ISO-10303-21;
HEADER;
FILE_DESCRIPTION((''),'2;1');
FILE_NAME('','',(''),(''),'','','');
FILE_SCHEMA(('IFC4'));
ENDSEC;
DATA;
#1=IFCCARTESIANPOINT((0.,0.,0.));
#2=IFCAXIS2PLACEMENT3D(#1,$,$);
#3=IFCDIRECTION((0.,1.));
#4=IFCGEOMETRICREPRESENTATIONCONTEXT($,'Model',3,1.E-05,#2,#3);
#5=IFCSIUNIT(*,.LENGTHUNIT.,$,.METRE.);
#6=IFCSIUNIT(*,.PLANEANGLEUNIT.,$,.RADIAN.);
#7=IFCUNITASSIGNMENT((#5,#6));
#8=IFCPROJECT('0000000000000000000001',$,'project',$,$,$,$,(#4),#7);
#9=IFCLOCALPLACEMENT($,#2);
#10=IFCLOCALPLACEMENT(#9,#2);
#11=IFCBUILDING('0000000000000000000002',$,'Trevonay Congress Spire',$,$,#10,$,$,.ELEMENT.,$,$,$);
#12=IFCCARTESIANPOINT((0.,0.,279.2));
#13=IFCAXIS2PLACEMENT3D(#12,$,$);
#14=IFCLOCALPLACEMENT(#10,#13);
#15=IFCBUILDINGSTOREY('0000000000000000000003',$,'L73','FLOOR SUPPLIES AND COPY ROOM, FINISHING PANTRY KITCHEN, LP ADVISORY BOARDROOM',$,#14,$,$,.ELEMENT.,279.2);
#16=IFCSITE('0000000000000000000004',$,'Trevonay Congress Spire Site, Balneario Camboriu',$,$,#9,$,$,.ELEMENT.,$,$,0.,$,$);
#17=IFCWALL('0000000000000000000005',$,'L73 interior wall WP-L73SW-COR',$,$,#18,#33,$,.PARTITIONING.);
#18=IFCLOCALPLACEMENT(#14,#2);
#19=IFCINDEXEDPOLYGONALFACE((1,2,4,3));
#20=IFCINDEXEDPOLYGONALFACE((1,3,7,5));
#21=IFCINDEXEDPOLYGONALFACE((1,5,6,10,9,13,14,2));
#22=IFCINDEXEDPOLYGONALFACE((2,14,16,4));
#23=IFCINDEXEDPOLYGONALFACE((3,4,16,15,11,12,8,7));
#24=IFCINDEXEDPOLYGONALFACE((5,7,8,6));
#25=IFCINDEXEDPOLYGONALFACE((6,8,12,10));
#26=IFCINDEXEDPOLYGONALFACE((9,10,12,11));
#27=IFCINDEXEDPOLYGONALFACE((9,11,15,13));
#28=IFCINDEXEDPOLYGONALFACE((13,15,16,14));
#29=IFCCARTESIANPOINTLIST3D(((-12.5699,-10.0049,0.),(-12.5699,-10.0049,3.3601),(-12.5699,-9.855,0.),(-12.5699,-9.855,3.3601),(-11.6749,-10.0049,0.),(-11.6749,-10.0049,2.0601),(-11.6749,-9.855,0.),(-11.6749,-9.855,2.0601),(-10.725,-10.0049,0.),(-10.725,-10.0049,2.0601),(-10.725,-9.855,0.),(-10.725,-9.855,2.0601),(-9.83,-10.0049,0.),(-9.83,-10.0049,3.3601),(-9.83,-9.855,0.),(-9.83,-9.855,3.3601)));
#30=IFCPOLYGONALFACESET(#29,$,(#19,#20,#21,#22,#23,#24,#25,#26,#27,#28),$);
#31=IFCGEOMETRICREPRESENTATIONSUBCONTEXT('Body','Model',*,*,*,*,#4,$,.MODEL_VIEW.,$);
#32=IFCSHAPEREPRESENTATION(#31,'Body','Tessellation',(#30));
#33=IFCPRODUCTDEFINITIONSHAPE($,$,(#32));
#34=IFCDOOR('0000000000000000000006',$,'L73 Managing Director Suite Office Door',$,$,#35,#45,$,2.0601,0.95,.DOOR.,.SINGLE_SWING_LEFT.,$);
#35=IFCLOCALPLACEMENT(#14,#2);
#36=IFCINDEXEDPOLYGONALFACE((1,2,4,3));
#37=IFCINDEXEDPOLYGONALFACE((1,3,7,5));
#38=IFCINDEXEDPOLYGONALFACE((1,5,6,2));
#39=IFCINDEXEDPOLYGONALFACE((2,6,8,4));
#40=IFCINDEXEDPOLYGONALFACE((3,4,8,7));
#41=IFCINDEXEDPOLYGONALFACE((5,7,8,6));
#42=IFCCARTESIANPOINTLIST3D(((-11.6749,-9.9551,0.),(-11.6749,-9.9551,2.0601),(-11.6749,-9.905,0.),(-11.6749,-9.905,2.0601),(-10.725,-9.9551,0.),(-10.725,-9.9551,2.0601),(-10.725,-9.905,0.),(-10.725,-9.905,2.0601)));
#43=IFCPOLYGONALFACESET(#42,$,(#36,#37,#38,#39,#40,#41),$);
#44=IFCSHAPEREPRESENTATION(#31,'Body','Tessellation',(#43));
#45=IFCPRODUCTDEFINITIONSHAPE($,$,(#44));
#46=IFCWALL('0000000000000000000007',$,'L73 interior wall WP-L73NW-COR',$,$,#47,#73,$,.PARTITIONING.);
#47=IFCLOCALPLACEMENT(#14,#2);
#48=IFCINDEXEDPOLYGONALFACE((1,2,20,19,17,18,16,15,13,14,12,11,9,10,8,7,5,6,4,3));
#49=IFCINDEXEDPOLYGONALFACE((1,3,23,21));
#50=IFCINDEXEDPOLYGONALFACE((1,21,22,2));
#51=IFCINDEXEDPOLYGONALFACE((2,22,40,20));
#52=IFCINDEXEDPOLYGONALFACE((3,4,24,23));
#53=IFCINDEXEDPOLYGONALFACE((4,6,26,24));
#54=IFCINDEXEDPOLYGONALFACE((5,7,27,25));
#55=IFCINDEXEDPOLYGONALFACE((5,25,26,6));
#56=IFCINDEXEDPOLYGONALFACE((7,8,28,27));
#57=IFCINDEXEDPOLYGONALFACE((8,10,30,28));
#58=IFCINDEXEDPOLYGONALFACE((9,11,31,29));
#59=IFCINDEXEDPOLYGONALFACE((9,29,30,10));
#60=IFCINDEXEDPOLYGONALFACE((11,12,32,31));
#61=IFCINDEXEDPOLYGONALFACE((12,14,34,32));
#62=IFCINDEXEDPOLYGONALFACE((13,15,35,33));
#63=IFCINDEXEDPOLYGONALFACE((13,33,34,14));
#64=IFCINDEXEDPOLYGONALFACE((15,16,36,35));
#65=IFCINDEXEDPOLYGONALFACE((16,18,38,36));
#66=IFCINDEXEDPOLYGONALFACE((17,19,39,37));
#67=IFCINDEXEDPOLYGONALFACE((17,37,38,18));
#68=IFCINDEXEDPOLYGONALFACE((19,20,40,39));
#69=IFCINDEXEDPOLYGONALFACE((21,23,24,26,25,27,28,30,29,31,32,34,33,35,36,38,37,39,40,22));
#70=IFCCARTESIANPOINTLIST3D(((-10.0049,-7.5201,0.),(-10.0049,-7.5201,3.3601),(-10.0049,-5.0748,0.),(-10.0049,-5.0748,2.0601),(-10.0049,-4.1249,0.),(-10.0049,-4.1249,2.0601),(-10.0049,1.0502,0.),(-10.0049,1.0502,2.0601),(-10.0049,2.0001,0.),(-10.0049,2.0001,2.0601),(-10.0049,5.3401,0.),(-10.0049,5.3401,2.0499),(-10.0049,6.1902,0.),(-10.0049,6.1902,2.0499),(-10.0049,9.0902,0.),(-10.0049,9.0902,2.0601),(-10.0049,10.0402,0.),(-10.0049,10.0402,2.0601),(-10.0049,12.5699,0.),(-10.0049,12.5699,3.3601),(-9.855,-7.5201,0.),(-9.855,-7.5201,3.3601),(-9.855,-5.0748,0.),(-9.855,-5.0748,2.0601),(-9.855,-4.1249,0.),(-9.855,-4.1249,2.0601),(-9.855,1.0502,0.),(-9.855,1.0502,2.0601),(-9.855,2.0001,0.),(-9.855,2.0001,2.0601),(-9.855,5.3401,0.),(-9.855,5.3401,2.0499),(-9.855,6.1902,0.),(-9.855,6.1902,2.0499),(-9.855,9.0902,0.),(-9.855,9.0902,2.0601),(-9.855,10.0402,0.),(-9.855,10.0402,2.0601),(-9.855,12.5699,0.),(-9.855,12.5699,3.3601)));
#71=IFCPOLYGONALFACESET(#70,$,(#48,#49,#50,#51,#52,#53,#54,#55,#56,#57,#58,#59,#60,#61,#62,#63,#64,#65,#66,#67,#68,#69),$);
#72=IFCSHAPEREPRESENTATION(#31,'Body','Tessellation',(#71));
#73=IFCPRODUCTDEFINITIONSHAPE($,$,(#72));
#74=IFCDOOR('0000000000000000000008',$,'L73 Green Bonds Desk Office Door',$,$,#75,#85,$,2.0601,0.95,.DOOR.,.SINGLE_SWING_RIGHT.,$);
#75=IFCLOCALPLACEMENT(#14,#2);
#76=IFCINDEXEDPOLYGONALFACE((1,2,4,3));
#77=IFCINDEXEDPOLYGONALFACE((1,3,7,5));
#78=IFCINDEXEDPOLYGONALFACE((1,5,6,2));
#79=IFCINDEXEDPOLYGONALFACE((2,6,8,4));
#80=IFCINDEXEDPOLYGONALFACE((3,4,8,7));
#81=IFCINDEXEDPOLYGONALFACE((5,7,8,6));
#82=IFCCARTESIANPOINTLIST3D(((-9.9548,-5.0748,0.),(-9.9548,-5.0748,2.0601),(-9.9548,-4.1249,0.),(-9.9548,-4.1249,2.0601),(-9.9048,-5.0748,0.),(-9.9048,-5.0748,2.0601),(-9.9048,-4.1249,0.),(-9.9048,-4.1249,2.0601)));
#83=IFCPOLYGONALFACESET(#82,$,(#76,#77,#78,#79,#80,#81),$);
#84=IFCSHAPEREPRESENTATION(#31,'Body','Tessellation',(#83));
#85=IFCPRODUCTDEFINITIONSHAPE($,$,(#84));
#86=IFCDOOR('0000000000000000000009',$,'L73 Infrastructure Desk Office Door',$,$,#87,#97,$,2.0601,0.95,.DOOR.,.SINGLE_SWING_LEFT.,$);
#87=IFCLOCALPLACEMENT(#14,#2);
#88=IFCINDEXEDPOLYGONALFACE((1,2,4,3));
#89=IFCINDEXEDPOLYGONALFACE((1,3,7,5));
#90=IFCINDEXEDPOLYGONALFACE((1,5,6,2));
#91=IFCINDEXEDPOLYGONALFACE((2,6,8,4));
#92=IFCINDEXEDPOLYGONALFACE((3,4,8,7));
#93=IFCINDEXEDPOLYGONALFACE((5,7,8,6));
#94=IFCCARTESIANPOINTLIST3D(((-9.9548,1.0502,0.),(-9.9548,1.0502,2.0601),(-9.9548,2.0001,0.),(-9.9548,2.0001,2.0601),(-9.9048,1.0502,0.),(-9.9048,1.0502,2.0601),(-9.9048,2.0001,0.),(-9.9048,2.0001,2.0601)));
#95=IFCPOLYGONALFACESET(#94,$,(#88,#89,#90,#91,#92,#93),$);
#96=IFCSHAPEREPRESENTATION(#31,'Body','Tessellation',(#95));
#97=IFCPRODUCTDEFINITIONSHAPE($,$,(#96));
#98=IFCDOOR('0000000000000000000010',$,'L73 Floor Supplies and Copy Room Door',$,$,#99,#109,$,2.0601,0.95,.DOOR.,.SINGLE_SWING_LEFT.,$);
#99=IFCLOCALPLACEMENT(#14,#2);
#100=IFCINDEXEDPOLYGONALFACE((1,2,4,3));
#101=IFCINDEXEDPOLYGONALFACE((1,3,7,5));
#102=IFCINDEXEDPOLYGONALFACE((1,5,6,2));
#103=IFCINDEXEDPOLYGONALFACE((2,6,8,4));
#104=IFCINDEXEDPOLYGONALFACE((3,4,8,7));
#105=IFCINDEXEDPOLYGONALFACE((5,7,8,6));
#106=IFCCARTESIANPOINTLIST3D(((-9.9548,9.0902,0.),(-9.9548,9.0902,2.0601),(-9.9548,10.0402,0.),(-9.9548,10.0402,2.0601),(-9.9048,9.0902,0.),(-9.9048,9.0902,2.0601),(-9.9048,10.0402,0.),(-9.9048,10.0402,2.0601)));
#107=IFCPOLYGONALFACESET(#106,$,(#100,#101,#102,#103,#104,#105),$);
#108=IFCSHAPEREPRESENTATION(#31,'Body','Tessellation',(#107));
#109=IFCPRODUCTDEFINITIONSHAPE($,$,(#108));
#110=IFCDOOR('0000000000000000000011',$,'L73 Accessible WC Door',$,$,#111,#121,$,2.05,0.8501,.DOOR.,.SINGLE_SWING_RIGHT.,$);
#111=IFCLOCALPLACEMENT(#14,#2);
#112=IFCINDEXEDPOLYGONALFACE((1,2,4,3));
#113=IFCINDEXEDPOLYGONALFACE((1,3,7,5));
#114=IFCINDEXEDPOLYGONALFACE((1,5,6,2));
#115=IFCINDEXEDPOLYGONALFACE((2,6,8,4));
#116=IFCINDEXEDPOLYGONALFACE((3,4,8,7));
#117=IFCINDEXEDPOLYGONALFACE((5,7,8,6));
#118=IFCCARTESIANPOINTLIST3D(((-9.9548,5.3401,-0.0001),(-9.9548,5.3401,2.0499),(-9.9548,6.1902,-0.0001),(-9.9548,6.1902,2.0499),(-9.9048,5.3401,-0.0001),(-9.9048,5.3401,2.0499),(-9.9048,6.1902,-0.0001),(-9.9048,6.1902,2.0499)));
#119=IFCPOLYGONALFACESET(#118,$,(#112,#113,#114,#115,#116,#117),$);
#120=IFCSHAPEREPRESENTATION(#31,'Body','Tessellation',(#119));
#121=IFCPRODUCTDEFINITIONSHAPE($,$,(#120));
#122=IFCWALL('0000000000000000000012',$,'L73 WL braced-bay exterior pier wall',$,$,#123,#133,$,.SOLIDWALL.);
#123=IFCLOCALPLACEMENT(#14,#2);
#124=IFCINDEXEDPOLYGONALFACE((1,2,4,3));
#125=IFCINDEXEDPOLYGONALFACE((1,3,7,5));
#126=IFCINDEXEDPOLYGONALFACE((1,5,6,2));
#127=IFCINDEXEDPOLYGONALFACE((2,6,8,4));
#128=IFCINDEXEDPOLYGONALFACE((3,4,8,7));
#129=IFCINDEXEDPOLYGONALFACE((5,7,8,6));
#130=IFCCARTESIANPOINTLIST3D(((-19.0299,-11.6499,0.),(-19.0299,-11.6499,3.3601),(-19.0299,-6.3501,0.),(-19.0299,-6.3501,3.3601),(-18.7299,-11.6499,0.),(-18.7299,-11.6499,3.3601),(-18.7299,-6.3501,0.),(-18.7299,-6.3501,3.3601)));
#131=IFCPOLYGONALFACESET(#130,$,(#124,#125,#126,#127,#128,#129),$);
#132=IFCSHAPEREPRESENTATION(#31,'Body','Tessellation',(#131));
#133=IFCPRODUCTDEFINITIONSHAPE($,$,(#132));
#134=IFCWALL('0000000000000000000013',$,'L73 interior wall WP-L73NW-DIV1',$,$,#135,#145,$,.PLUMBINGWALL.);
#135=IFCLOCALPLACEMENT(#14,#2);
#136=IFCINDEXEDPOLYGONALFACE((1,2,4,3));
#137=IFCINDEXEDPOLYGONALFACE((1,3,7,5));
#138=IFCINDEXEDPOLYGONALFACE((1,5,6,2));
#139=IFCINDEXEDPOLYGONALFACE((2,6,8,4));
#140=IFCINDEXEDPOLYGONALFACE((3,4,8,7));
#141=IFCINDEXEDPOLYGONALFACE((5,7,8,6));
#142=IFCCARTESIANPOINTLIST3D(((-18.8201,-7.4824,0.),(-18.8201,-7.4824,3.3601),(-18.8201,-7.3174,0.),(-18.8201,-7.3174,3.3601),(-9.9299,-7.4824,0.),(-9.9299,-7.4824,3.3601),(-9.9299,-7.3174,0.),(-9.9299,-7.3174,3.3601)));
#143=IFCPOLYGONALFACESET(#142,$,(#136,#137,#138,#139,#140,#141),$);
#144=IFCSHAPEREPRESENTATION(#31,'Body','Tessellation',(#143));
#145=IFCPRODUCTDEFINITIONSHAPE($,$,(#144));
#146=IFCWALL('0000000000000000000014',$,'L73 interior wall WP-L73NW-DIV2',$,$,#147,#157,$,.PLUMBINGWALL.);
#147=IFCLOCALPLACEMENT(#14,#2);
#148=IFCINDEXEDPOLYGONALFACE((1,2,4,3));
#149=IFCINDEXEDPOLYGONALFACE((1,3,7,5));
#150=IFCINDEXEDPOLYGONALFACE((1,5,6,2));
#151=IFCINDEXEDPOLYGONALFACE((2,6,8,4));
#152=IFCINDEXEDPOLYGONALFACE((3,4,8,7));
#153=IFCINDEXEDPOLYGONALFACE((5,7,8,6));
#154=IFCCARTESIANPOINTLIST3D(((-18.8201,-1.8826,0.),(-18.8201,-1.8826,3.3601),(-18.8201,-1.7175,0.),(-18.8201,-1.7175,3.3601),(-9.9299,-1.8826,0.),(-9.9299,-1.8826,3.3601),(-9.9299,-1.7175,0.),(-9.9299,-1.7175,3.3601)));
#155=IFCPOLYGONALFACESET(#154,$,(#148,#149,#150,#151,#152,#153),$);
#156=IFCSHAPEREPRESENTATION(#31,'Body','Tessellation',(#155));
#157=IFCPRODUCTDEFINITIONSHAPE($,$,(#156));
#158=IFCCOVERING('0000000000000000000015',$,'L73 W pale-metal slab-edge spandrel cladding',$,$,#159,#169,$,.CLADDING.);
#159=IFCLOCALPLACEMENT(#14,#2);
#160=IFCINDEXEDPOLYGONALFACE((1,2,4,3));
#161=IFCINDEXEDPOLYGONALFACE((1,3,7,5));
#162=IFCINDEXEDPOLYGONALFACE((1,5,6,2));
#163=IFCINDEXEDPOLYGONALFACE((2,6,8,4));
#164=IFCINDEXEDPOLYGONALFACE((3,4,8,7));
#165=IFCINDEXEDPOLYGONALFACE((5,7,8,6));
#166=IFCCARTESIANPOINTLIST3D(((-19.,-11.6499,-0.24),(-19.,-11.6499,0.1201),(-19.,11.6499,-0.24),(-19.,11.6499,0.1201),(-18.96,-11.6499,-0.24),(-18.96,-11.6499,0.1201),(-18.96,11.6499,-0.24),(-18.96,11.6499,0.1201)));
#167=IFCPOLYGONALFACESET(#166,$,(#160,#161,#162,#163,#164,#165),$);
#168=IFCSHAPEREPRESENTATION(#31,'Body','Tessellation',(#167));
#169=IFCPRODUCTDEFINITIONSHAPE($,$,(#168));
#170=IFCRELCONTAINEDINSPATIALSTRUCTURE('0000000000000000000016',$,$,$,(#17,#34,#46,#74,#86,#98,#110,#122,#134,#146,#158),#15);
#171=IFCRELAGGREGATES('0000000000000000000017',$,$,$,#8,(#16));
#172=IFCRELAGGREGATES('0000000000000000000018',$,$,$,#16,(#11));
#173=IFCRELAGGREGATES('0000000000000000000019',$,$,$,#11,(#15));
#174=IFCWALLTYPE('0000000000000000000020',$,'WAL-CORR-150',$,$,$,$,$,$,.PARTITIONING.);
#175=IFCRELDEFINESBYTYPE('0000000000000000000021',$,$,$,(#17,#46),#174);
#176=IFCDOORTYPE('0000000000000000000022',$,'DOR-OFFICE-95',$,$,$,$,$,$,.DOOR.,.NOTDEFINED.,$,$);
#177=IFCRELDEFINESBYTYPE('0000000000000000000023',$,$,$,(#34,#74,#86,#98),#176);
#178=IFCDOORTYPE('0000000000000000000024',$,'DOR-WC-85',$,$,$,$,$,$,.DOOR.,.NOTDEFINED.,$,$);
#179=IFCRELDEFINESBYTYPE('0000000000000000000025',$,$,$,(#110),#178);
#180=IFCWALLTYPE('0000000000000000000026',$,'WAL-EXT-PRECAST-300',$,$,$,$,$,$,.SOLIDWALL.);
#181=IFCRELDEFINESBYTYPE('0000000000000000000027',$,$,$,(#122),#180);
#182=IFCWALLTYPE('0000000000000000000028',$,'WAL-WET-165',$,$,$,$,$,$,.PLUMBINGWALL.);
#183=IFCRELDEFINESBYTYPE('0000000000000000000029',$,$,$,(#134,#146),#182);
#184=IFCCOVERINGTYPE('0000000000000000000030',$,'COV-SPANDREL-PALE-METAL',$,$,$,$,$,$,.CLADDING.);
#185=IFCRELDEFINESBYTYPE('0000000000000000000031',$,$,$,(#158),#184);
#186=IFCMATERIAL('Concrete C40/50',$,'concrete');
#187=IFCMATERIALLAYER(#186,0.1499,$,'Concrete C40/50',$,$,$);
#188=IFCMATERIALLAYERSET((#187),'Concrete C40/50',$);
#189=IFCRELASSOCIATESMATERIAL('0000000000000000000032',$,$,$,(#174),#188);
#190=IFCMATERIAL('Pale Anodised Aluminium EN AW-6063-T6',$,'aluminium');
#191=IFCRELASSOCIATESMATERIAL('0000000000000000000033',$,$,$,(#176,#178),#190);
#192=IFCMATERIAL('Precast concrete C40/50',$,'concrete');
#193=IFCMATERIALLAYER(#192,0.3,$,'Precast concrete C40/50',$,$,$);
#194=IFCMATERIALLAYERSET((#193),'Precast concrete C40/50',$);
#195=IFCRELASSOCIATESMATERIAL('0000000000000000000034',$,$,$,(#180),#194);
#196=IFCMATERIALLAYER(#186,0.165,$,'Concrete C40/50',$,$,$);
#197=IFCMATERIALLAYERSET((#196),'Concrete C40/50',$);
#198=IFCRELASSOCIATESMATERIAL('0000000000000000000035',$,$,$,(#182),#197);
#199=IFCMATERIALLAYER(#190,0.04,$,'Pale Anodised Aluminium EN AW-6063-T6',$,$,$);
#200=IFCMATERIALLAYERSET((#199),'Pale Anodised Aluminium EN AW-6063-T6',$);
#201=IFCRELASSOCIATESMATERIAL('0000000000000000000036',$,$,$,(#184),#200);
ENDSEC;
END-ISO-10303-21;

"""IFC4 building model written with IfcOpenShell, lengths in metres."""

from ifc_helpers import new_model, si_unit, direction, frame, frame_2d, origin, place, context, subcontext, project, spatial, rectangle, extrude, material, layer, layer_set, type_object, element, fill, save


model = new_model("IFC4")

# Units and contexts
model_context = context("Model", 3, precision=1e-05, world=origin(), true_north=direction((0.0, 1.0)))
body_context = subcontext(model_context, "Body", "Model", "MODEL_VIEW")
ifc_project = project(units=[si_unit("LENGTHUNIT", "METRE"), si_unit("PLANEANGLEUNIT", "RADIAN")], contexts=[model_context])

# Site, building, storey
site_placement = place(None, origin())
site = spatial("IfcSite", under=ifc_project, at=site_placement, Name="Trevonay Congress Spire Site, Balneario Camboriu", CompositionType="ELEMENT", RefElevation=0.0)
building_placement = place(site_placement, origin())
building = spatial("IfcBuilding", under=site, at=building_placement, Name="Trevonay Congress Spire", CompositionType="ELEMENT")
storey_placement = place(building_placement, frame((0.0, 0.0, 279.2)))
storey = spatial("IfcBuildingStorey", under=building, at=storey_placement, Name="L73", Description="FLOOR SUPPLIES AND COPY ROOM, FINISHING PANTRY KITCHEN, LP ADVISORY BOARDROOM", CompositionType="ELEMENT", Elevation=279.2)

# Shared definitions
ifc_material_1 = material(Name="Pale Anodised Aluminium EN AW-6063-T6", Category="aluminium")

# Wall, opening, door
ifc_material_2 = material(Name="Concrete C40/50", Category="concrete")
ifc_layer_1 = layer(ifc_material_2, 0.1499, Name="Concrete C40/50")
ifc_layer_set_1 = layer_set([ifc_layer_1], Name="Concrete C40/50")
wall_type_1 = type_object("IfcWallType", Name="WAL-CORR-150", PredefinedType="PARTITIONING", material=ifc_layer_set_1)
wall_1_placement = place(storey_placement, frame((-12.5701, -9.9299, 0.0), z_axis=(0.0, 0.0, 1.0), x_axis=(1.0, 0.0, 0.0)))
wall_1 = element("IfcWall", 1, at=wall_1_placement, inside=storey, type_object=wall_type_1, Name="L73 interior wall WP-L73SW-COR", PredefinedType="PARTITIONING", context=body_context, shape_type="SweptSolid", body=[
    extrude(rectangle(XDim=2.74, YDim=0.1499, at=frame_2d((1.3701, 0.0))), origin(), (0.0, 0.0, 1.0), 3.3601),
])
opening_1_placement = place(wall_1_placement, frame((0.895, 0.0, 0.0)))
opening_1 = element("IfcOpeningElement", 2, at=opening_1_placement, cuts=wall_1, PredefinedType="OPENING", context=body_context, shape_type="SweptSolid", body=[
    extrude(rectangle(XDim=0.95, YDim=2.0601, at=frame_2d((0.4751, 1.03))), frame((0.0, 0.085, 0.0), z_axis=(0.0, -1.0, 0.0), x_axis=(1.0, 0.0, 0.0)), (0.0, 0.0, 1.0), 0.1699),
])
door_type_1 = type_object("IfcDoorType", Name="DOR-OFFICE-95", OperationType="NOTDEFINED", PredefinedType="DOOR", material=ifc_material_1)
door_1_placement = place(opening_1_placement, origin())
door_1 = element("IfcDoor", 3, at=door_1_placement, inside=storey, type_object=door_type_1, Name="L73 Managing Director Suite Office Door", OperationType="SINGLE_SWING_LEFT", OverallHeight=2.0601, OverallWidth=0.95, PredefinedType="DOOR", context=body_context, shape_type="SweptSolid", body=[
    extrude(rectangle(XDim=0.95, YDim=2.0601, at=frame_2d((0.4751, 1.03))), frame((0.0, 0.0249, 0.0), z_axis=(0.0, -1.0, 0.0), x_axis=(1.0, 0.0, 0.0)), (0.0, 0.0, 1.0), 0.05),
])
fill(opening_1, door_1)

# Wall, openings, doors
wall_2_placement = place(storey_placement, frame((-9.9299, -7.52, 0.0), z_axis=(0.0, 0.0, 1.0), x_axis=(0.0, 1.0, 0.0)))
wall_2 = element("IfcWall", 4, at=wall_2_placement, inside=storey, type_object=wall_type_1, Name="L73 interior wall WP-L73NW-COR", PredefinedType="PARTITIONING", context=body_context, shape_type="SweptSolid", body=[
    extrude(rectangle(XDim=20.0901, YDim=0.1499, at=frame_2d((10.0449, 0.0))), origin(), (0.0, 0.0, 1.0), 3.3601),
])
opening_2_placement = place(wall_2_placement, frame((2.4451, 0.0, 0.0)))
opening_2 = element("IfcOpeningElement", 5, at=opening_2_placement, cuts=wall_2, PredefinedType="OPENING", context=body_context, shape_type="SweptSolid", body=[
    extrude(rectangle(XDim=0.95, YDim=2.0601, at=frame_2d((0.4751, 1.03))), frame((0.0, 0.085, 0.0), z_axis=(0.0, -1.0, 0.0), x_axis=(1.0, 0.0, 0.0)), (0.0, 0.0, 1.0), 0.1699),
])
opening_3_placement = place(wall_2_placement, frame((8.5701, 0.0, 0.0)))
opening_3 = element("IfcOpeningElement", 6, at=opening_3_placement, cuts=wall_2, PredefinedType="OPENING", context=body_context, shape_type="SweptSolid", body=[
    extrude(rectangle(XDim=0.95, YDim=2.0601, at=frame_2d((0.4751, 1.03))), frame((0.0, 0.085, 0.0), z_axis=(0.0, -1.0, 0.0), x_axis=(1.0, 0.0, 0.0)), (0.0, 0.0, 1.0), 0.1699),
])
opening_4_placement = place(wall_2_placement, frame((12.8601, 0.0, 0.0)))
opening_4 = element("IfcOpeningElement", 7, at=opening_4_placement, cuts=wall_2, PredefinedType="OPENING", context=body_context, shape_type="SweptSolid", body=[
    extrude(rectangle(XDim=0.8501, YDim=2.05, at=frame_2d((0.425, 1.0249))), frame((0.0, 0.085, 0.0), z_axis=(0.0, -1.0, 0.0), x_axis=(1.0, 0.0, 0.0)), (0.0, 0.0, 1.0), 0.1699),
])
opening_5_placement = place(wall_2_placement, frame((16.6101, 0.0, 0.0)))
opening_5 = element("IfcOpeningElement", 8, at=opening_5_placement, cuts=wall_2, PredefinedType="OPENING", context=body_context, shape_type="SweptSolid", body=[
    extrude(rectangle(XDim=0.95, YDim=2.0601, at=frame_2d((0.4751, 1.03))), frame((0.0, 0.085, 0.0), z_axis=(0.0, -1.0, 0.0), x_axis=(1.0, 0.0, 0.0)), (0.0, 0.0, 1.0), 0.1699),
])
door_2_placement = place(opening_2_placement, origin())
door_2 = element("IfcDoor", 9, at=door_2_placement, inside=storey, type_object=door_type_1, Name="L73 Green Bonds Desk Office Door", OperationType="SINGLE_SWING_RIGHT", OverallHeight=2.0601, OverallWidth=0.95, PredefinedType="DOOR", context=body_context, shape_type="SweptSolid", body=[
    extrude(rectangle(XDim=0.95, YDim=2.0601, at=frame_2d((0.4751, 1.03))), frame((0.0, 0.0249, 0.0), z_axis=(0.0, -1.0, 0.0), x_axis=(1.0, 0.0, 0.0)), (0.0, 0.0, 1.0), 0.05),
])
fill(opening_2, door_2)
door_3_placement = place(opening_3_placement, origin())
door_3 = element("IfcDoor", 10, at=door_3_placement, inside=storey, type_object=door_type_1, Name="L73 Infrastructure Desk Office Door", OperationType="SINGLE_SWING_LEFT", OverallHeight=2.0601, OverallWidth=0.95, PredefinedType="DOOR", context=body_context, shape_type="SweptSolid", body=[
    extrude(rectangle(XDim=0.95, YDim=2.0601, at=frame_2d((0.4751, 1.03))), frame((0.0, 0.0249, 0.0), z_axis=(0.0, -1.0, 0.0), x_axis=(1.0, 0.0, 0.0)), (0.0, 0.0, 1.0), 0.05),
])
fill(opening_3, door_3)
door_4_placement = place(opening_5_placement, origin())
door_4 = element("IfcDoor", 11, at=door_4_placement, inside=storey, type_object=door_type_1, Name="L73 Floor Supplies and Copy Room Door", OperationType="SINGLE_SWING_LEFT", OverallHeight=2.0601, OverallWidth=0.95, PredefinedType="DOOR", context=body_context, shape_type="SweptSolid", body=[
    extrude(rectangle(XDim=0.95, YDim=2.0601, at=frame_2d((0.4751, 1.03))), frame((0.0, 0.0249, 0.0), z_axis=(0.0, -1.0, 0.0), x_axis=(1.0, 0.0, 0.0)), (0.0, 0.0, 1.0), 0.05),
])
fill(opening_5, door_4)
door_type_2 = type_object("IfcDoorType", Name="DOR-WC-85", OperationType="NOTDEFINED", PredefinedType="DOOR", material=ifc_material_1)
door_5_placement = place(opening_4_placement, origin())
door_5 = element("IfcDoor", 12, at=door_5_placement, inside=storey, type_object=door_type_2, Name="L73 Accessible WC Door", OperationType="SINGLE_SWING_RIGHT", OverallHeight=2.05, OverallWidth=0.8501, PredefinedType="DOOR", context=body_context, shape_type="SweptSolid", body=[
    extrude(rectangle(XDim=0.8501, YDim=2.05, at=frame_2d((0.425, 1.0249))), frame((0.0, 0.0249, 0.0), z_axis=(0.0, -1.0, 0.0), x_axis=(1.0, 0.0, 0.0)), (0.0, 0.0, 1.0), 0.05),
])
fill(opening_4, door_5)

# Walls
ifc_material_3 = material(Name="Precast concrete C40/50", Category="concrete")
ifc_layer_2 = layer(ifc_material_3, 0.3, Name="Precast concrete C40/50")
ifc_layer_set_2 = layer_set([ifc_layer_2], Name="Precast concrete C40/50")
wall_type_2 = type_object("IfcWallType", Name="WAL-EXT-PRECAST-300", PredefinedType="SOLIDWALL", material=ifc_layer_set_2)
wall_3_placement = place(storey_placement, frame((-18.8799, -11.6499, 0.0), z_axis=(0.0, 0.0, 1.0), x_axis=(0.0, 1.0, 0.0)))
element("IfcWall", 13, at=wall_3_placement, inside=storey, type_object=wall_type_2, Name="L73 WL braced-bay exterior pier wall", PredefinedType="SOLIDWALL", context=body_context, shape_type="SweptSolid", body=[
    extrude(rectangle(XDim=5.2998, YDim=0.3, at=frame_2d((2.6499, 0.0))), origin(), (0.0, 0.0, 1.0), 3.3601),
])
ifc_layer_3 = layer(ifc_material_2, 0.165, Name="Concrete C40/50")
ifc_layer_set_3 = layer_set([ifc_layer_3], Name="Concrete C40/50")
wall_type_3 = type_object("IfcWallType", Name="WAL-WET-165", PredefinedType="PLUMBINGWALL", material=ifc_layer_set_3)
for number, where, z_axis, x_axis, name in (
    (14, (-18.8201, -7.3999, 0.0), (0.0, 0.0, 1.0), (1.0, 0.0, 0.0), "L73 interior wall WP-L73NW-DIV1"),
    (15, (-18.8201, -1.8, 0.0), (0.0, 0.0, 1.0), (1.0, 0.0, 0.0), "L73 interior wall WP-L73NW-DIV2"),
):
    element("IfcWall", number, at=place(storey_placement, frame(where, z_axis=z_axis, x_axis=x_axis)), inside=storey, type_object=wall_type_3, Name=name, PredefinedType="PLUMBINGWALL", context=body_context, shape_type="SweptSolid", body=[
        extrude(rectangle(XDim=8.8901, YDim=0.165, at=frame_2d((4.4451, 0.0))), origin(), (0.0, 0.0, 1.0), 3.3601),
    ])

# Covering
ifc_layer_4 = layer(ifc_material_1, 0.04, Name="Pale Anodised Aluminium EN AW-6063-T6")
ifc_layer_set_4 = layer_set([ifc_layer_4], Name="Pale Anodised Aluminium EN AW-6063-T6")
covering_type = type_object("IfcCoveringType", Name="COV-SPANDREL-PALE-METAL", PredefinedType="CLADDING", material=ifc_layer_set_4)
covering_1_placement = place(storey_placement, frame((-18.98, -11.6499, -0.24), z_axis=(0.0, 0.0, 1.0), x_axis=(0.0, 1.0, 0.0)))
element("IfcCovering", 16, at=covering_1_placement, inside=storey, type_object=covering_type, Name="L73 W pale-metal slab-edge spandrel cladding", PredefinedType="CLADDING", context=body_context, shape_type="SweptSolid", body=[
    extrude(rectangle(XDim=23.2998, YDim=0.04, at=frame_2d((11.6499, 0.0))), origin(), (0.0, 0.0, 1.0), 0.3601),
])

save(model, "model.ifc")
